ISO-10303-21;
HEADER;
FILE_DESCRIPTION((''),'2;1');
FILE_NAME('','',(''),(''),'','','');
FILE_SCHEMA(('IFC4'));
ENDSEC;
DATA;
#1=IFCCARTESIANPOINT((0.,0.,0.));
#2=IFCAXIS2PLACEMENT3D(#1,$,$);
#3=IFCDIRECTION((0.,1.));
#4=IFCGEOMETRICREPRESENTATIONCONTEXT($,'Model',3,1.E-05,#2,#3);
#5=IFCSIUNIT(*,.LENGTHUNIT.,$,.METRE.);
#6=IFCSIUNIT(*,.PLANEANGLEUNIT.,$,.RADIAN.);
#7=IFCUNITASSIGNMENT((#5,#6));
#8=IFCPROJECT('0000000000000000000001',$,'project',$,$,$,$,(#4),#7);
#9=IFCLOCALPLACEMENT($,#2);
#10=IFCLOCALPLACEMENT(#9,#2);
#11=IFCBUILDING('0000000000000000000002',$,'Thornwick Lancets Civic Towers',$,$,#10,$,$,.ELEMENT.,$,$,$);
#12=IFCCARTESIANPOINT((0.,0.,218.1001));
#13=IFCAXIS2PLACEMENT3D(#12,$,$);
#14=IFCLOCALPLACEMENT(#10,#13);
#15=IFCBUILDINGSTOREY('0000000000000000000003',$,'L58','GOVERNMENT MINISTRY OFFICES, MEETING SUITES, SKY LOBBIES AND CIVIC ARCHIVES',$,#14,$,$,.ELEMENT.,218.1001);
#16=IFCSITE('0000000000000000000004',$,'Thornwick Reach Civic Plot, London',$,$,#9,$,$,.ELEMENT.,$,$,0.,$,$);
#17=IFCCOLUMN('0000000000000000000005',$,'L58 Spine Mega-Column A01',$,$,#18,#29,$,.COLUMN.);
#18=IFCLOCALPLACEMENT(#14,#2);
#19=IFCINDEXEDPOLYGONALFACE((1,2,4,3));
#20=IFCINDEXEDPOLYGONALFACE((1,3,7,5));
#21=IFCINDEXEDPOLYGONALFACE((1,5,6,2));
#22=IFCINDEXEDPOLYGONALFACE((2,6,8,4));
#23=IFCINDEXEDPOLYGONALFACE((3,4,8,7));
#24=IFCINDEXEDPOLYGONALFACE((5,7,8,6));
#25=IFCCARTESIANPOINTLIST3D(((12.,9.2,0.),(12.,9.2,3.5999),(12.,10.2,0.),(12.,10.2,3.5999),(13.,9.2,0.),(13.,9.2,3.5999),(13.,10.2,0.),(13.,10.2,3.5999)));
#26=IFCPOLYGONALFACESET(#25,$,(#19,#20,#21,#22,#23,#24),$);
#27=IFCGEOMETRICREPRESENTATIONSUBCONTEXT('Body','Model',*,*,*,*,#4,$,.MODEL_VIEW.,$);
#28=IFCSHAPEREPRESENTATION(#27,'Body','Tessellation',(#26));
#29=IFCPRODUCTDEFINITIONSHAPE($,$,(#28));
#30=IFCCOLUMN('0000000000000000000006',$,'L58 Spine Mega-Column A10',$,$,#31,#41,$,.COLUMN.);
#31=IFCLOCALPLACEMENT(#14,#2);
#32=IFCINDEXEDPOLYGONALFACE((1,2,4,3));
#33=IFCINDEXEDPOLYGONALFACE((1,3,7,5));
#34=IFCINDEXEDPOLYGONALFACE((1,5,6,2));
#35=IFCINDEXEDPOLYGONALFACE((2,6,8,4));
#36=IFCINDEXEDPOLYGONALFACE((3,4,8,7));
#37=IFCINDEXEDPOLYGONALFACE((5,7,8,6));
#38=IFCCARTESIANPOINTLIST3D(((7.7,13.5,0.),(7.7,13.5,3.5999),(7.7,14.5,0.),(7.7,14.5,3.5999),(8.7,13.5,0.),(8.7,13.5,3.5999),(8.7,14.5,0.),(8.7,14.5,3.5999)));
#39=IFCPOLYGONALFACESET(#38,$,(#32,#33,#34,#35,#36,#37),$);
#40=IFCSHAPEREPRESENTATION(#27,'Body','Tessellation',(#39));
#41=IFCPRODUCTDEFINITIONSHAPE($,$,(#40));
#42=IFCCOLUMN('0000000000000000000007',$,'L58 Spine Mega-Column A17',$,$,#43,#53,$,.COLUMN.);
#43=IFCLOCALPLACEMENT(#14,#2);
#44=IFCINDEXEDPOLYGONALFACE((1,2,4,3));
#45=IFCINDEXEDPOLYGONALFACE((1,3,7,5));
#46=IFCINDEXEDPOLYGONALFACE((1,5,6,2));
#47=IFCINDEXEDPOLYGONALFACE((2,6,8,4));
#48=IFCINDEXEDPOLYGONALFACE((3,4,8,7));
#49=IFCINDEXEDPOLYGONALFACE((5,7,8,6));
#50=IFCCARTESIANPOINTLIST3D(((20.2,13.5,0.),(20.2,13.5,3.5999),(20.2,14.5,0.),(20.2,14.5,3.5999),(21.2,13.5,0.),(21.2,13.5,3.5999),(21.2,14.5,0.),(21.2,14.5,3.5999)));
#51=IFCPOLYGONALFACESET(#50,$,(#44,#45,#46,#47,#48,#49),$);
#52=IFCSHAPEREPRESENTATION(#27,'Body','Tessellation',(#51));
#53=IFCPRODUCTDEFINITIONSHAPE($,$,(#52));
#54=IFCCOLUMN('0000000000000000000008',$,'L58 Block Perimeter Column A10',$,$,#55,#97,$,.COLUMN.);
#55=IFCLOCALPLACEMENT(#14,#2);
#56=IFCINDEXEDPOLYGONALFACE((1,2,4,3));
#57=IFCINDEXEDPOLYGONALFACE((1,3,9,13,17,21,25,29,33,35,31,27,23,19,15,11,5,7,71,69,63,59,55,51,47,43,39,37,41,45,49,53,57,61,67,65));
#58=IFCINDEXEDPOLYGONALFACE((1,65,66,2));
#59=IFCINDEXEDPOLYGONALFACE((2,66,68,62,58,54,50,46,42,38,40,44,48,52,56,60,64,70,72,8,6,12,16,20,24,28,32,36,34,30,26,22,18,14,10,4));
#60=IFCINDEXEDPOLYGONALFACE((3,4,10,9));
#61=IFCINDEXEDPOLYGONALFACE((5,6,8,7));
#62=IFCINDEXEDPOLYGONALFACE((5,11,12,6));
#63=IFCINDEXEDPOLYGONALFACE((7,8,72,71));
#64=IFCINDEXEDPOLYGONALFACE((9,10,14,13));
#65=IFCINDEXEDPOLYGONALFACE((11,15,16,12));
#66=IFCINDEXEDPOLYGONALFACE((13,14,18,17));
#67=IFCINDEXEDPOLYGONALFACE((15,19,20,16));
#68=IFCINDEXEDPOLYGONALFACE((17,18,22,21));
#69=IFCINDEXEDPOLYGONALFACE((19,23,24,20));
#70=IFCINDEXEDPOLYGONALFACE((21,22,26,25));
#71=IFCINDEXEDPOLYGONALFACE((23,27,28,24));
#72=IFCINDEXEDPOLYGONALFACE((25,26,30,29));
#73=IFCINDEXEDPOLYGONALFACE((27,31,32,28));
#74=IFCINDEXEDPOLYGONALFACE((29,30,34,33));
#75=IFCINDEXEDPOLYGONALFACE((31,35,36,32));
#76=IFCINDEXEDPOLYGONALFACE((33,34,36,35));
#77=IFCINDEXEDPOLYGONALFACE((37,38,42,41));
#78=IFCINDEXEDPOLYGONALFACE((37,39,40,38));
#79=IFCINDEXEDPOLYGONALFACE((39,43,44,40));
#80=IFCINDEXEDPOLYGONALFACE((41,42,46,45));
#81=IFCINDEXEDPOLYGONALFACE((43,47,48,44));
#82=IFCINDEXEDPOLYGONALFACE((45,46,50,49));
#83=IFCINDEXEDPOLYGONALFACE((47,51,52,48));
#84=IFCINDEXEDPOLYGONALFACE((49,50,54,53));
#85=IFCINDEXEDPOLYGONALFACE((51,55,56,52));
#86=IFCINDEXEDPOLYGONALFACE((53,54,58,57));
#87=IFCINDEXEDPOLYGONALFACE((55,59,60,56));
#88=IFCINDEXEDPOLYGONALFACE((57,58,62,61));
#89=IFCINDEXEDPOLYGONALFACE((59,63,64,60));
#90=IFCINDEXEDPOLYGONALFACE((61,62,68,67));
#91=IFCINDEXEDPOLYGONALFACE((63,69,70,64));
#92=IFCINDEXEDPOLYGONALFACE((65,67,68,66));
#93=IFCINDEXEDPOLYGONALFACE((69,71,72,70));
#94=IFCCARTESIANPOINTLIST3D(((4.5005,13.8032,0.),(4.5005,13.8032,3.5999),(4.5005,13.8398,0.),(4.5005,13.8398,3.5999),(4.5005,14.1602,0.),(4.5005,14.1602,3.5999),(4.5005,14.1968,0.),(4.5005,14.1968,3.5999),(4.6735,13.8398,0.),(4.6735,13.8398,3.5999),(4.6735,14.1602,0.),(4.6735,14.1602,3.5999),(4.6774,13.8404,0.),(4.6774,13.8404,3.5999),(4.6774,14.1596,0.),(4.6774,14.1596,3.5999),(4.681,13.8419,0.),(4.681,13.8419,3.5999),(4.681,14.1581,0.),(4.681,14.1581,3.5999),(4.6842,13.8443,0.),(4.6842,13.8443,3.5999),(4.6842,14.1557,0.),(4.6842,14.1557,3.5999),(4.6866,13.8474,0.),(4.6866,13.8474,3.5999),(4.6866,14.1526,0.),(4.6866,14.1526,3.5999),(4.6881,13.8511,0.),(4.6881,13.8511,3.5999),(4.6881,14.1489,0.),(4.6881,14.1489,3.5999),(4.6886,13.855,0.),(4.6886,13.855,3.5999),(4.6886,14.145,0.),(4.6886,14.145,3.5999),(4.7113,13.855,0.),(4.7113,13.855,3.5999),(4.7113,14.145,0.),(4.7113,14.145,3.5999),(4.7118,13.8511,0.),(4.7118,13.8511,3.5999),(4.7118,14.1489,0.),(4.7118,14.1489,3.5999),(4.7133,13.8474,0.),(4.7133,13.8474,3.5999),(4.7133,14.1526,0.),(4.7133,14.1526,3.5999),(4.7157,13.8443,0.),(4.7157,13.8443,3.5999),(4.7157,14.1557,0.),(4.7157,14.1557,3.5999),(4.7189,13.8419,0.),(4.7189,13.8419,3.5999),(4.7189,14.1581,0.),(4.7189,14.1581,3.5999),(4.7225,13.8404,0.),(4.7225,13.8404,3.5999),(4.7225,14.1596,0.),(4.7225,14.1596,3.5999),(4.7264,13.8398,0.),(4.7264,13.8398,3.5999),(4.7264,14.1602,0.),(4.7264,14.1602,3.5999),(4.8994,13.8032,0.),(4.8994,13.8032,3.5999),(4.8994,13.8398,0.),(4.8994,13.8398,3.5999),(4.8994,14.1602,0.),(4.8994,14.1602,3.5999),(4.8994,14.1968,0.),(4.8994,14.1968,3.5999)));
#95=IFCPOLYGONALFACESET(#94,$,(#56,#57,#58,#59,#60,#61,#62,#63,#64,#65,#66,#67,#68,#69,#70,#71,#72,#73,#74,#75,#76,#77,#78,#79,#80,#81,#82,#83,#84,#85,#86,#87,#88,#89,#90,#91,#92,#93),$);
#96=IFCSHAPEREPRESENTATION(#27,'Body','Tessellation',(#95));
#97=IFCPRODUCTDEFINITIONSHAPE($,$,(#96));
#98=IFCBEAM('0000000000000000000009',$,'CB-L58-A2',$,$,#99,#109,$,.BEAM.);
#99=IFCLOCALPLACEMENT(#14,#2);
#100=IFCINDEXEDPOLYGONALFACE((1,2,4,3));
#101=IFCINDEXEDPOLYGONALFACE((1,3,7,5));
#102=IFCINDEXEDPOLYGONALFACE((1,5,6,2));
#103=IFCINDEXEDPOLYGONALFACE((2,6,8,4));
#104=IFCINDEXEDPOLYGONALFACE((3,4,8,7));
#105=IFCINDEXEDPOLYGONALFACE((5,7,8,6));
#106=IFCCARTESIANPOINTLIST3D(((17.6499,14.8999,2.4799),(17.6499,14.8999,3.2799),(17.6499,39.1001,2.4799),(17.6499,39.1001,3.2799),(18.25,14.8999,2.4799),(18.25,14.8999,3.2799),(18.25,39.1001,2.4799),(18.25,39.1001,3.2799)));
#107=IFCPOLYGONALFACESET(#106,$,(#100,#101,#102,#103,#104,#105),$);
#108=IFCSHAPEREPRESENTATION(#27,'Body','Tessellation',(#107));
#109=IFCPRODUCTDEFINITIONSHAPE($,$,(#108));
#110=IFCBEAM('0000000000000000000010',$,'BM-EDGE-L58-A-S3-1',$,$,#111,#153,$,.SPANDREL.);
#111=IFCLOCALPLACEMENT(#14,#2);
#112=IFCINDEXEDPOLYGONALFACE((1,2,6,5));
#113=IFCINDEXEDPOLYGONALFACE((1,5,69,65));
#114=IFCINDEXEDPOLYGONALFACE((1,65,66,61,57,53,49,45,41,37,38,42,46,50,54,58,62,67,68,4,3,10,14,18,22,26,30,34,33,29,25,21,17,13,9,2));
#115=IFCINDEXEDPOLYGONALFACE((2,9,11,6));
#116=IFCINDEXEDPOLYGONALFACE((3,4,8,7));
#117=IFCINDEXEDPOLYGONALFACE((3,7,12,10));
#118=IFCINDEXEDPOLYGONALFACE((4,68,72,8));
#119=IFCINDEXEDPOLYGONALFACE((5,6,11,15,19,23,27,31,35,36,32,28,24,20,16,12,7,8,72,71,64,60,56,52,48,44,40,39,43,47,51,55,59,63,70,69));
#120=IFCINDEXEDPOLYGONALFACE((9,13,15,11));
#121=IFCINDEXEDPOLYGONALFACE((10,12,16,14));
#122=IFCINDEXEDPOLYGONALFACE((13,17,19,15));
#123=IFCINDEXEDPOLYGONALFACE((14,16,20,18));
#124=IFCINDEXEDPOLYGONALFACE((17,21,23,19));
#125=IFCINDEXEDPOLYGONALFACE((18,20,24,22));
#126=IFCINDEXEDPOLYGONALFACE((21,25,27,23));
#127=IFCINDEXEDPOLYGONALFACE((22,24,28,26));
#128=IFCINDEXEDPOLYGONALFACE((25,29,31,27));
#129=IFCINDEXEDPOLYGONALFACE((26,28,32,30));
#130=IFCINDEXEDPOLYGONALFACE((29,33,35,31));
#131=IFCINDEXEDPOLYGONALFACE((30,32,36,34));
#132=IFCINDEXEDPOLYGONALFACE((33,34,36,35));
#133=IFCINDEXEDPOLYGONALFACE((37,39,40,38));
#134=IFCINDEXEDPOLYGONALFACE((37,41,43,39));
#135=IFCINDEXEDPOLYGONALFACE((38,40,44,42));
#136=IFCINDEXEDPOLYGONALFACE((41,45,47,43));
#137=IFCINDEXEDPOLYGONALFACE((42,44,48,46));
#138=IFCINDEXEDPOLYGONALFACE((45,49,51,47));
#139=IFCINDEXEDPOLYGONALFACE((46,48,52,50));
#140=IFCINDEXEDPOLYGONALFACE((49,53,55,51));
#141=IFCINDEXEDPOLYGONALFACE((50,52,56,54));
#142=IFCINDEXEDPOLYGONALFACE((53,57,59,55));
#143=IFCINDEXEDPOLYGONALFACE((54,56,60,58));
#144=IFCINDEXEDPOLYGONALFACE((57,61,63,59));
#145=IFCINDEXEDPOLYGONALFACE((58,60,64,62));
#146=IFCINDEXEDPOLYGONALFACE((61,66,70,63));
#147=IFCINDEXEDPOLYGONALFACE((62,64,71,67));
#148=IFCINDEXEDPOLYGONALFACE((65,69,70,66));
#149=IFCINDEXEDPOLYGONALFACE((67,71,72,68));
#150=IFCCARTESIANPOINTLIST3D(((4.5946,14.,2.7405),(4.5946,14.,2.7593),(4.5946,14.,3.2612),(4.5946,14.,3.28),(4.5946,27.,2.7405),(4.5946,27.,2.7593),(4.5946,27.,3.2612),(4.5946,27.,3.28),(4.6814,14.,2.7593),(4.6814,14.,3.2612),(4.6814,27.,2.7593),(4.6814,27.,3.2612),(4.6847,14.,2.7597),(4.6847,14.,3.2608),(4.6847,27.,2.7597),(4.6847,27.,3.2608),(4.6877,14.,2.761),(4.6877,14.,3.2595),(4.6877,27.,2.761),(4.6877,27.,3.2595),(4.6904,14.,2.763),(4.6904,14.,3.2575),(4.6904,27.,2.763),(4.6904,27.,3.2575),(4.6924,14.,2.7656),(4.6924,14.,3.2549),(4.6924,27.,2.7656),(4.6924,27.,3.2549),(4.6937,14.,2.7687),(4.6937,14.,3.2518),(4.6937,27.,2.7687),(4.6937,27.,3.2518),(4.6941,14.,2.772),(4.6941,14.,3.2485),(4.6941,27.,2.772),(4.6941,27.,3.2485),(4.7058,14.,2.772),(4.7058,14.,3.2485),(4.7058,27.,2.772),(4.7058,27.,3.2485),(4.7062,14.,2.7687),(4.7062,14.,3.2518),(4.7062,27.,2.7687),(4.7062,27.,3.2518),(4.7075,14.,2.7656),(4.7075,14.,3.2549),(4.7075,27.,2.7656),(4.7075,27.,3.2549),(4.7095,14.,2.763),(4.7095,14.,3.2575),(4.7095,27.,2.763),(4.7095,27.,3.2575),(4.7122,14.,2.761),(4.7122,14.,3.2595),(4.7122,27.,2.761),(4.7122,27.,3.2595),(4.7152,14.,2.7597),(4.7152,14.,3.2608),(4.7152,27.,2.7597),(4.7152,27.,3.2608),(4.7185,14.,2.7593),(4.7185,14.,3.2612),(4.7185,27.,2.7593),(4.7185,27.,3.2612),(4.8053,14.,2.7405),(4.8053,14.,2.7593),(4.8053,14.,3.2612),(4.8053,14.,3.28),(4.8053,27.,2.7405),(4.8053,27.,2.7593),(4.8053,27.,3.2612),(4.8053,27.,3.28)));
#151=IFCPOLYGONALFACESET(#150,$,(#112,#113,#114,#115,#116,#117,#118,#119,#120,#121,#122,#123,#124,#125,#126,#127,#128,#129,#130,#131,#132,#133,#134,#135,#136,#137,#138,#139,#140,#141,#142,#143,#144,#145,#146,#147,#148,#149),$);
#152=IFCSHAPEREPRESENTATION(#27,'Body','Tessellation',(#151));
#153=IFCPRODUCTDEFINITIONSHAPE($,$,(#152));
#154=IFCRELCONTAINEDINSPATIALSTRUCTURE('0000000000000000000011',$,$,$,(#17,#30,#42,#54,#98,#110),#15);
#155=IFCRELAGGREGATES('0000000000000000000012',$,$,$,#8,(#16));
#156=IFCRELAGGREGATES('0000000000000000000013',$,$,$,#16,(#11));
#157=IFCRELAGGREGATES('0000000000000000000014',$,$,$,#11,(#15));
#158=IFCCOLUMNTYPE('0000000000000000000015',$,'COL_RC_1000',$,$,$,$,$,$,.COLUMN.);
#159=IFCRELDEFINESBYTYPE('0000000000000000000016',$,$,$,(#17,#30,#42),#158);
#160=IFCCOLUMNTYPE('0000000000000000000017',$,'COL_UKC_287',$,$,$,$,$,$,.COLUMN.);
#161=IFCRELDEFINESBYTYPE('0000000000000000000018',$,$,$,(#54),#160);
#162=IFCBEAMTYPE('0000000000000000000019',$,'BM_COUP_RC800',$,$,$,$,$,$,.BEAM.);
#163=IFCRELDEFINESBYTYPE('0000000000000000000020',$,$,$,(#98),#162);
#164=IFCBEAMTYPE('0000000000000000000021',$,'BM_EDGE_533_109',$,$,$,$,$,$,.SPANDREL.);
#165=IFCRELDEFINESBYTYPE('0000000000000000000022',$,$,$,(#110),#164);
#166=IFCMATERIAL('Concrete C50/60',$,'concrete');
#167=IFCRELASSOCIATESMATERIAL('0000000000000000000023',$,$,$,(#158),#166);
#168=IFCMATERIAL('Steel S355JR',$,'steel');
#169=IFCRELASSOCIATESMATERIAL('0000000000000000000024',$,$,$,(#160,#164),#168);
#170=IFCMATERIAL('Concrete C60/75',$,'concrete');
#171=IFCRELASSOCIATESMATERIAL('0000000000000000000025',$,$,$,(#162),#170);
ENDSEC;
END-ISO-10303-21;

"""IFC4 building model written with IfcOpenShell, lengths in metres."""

from ifc_helpers import new_model, si_unit, direction, frame, origin, origin_2d, place, context, subcontext, project, spatial, rectangle, i_section, extrude, material, material_profile, profile_set, type_object, element, save


model = new_model("IFC4")

# Units and contexts
model_context = context("Model", 3, precision=1e-05, world=origin(), true_north=direction((0.0, 1.0)))
body_context = subcontext(model_context, "Body", "Model", "MODEL_VIEW")
ifc_project = project(units=[si_unit("LENGTHUNIT", "METRE"), si_unit("PLANEANGLEUNIT", "RADIAN")], contexts=[model_context])

# Site, building, storey
site_placement = place(None, origin())
site = spatial("IfcSite", under=ifc_project, at=site_placement, Name="Thornwick Reach Civic Plot, London", CompositionType="ELEMENT", RefElevation=0.0)
building_placement = place(site_placement, origin())
building = spatial("IfcBuilding", under=site, at=building_placement, Name="Thornwick Lancets Civic Towers", CompositionType="ELEMENT")
storey_placement = place(building_placement, frame((0.0, 0.0, 218.1001)))
storey = spatial("IfcBuildingStorey", under=building, at=storey_placement, Name="L58", Description="GOVERNMENT MINISTRY OFFICES, MEETING SUITES, SKY LOBBIES AND CIVIC ARCHIVES", CompositionType="ELEMENT", Elevation=218.1001)

# Columns
ifc_material_1 = material(Name="Concrete C50/60", Category="concrete")
ifc_material_profile_1 = material_profile(ifc_material_1, rectangle(XDim=1.0, YDim=1.0, at=origin_2d()), Name="RC 1000x1000")
ifc_profile_set_1 = profile_set([ifc_material_profile_1], Name="Concrete C50/60")
column_type_1 = type_object("IfcColumnType", Name="COL_RC_1000", PredefinedType="COLUMN", material=ifc_profile_set_1)
for number, where, z_axis, x_axis, name in (
    (1, (12.5, 9.7, 0.0), (0.0, 0.0, 1.0), (1.0, 0.0, 0.0), "L58 Spine Mega-Column A01"),
    (2, (8.2, 14.0, 0.0), (0.0, 0.0, 1.0), (1.0, 0.0, 0.0), "L58 Spine Mega-Column A10"),
    (3, (20.7, 14.0, 0.0), (0.0, 0.0, 1.0), (1.0, 0.0, 0.0), "L58 Spine Mega-Column A17"),
):
    element("IfcColumn", number, at=place(storey_placement, frame(where, z_axis=z_axis, x_axis=x_axis)), inside=storey, type_object=column_type_1, Name=name, PredefinedType="COLUMN", context=body_context, shape_type="SweptSolid", body=[
        extrude(rectangle(XDim=1.0, YDim=1.0, at=origin_2d()), origin(), (0.0, 0.0, 1.0), 3.5999),
    ])
ifc_material_2 = material(Name="Steel S355JR", Category="steel")
ifc_material_profile_2 = material_profile(ifc_material_2, i_section(OverallWidth=0.3989, OverallDepth=0.3936, WebThickness=0.0227, FlangeThickness=0.0366, FilletRadius=0.0151, at=origin_2d()), Name="UKC 356x406x287")
ifc_profile_set_2 = profile_set([ifc_material_profile_2], Name="Steel S355JR")
column_type_2 = type_object("IfcColumnType", Name="COL_UKC_287", PredefinedType="COLUMN", material=ifc_profile_set_2)
column_placement = place(storey_placement, frame((4.7, 14.0, 0.0), z_axis=(0.0, 0.0, 1.0), x_axis=(1.0, 0.0, 0.0)))
element("IfcColumn", 4, at=column_placement, inside=storey, type_object=column_type_2, Name="L58 Block Perimeter Column A10", PredefinedType="COLUMN", context=body_context, shape_type="SweptSolid", body=[
    extrude(i_section(OverallWidth=0.3989, OverallDepth=0.3936, WebThickness=0.0227, FlangeThickness=0.0366, FilletRadius=0.0151, at=origin_2d()), origin(), (0.0, 0.0, 1.0), 3.5999),
])

# Beams
ifc_material_3 = material(Name="Concrete C60/75", Category="concrete")
ifc_material_profile_3 = material_profile(ifc_material_3, rectangle(XDim=0.6001, YDim=0.8, at=origin_2d()), Name="RC 600x800")
ifc_profile_set_3 = profile_set([ifc_material_profile_3], Name="Concrete C60/75")
beam_type_1 = type_object("IfcBeamType", Name="BM_COUP_RC800", PredefinedType="BEAM", material=ifc_profile_set_3)
beam_1_placement = place(storey_placement, frame((17.95, 14.8999, 2.8799), z_axis=(0.0, 1.0, 0.0), x_axis=(-1.0, 0.0, 0.0)))
element("IfcBeam", 5, at=beam_1_placement, inside=storey, type_object=beam_type_1, Name="CB-L58-A2", PredefinedType="BEAM", context=body_context, shape_type="SweptSolid", body=[
    extrude(rectangle(XDim=0.6001, YDim=0.8, at=origin_2d()), origin(), (0.0, 0.0, 1.0), 24.2002),
])
ifc_material_profile_4 = material_profile(ifc_material_2, i_section(OverallWidth=0.2107, OverallDepth=0.5396, WebThickness=0.0117, FlangeThickness=0.0188, FilletRadius=0.0127, at=origin_2d()), Name="UKB 533x210x109")
ifc_profile_set_4 = profile_set([ifc_material_profile_4], Name="Steel S355JR")
beam_type_2 = type_object("IfcBeamType", Name="BM_EDGE_533_109", PredefinedType="SPANDREL", material=ifc_profile_set_4)
beam_2_placement = place(storey_placement, frame((4.7, 14.0, 3.0103), z_axis=(0.0, 1.0, 0.0), x_axis=(-1.0, 0.0, 0.0)))
element("IfcBeam", 6, at=beam_2_placement, inside=storey, type_object=beam_type_2, Name="BM-EDGE-L58-A-S3-1", PredefinedType="SPANDREL", context=body_context, shape_type="SweptSolid", body=[
    extrude(i_section(OverallWidth=0.2107, OverallDepth=0.5396, WebThickness=0.0117, FlangeThickness=0.0188, FilletRadius=0.0127, at=origin_2d()), origin(), (0.0, 0.0, 1.0), 13.0),
])

save(model, "model.ifc")
